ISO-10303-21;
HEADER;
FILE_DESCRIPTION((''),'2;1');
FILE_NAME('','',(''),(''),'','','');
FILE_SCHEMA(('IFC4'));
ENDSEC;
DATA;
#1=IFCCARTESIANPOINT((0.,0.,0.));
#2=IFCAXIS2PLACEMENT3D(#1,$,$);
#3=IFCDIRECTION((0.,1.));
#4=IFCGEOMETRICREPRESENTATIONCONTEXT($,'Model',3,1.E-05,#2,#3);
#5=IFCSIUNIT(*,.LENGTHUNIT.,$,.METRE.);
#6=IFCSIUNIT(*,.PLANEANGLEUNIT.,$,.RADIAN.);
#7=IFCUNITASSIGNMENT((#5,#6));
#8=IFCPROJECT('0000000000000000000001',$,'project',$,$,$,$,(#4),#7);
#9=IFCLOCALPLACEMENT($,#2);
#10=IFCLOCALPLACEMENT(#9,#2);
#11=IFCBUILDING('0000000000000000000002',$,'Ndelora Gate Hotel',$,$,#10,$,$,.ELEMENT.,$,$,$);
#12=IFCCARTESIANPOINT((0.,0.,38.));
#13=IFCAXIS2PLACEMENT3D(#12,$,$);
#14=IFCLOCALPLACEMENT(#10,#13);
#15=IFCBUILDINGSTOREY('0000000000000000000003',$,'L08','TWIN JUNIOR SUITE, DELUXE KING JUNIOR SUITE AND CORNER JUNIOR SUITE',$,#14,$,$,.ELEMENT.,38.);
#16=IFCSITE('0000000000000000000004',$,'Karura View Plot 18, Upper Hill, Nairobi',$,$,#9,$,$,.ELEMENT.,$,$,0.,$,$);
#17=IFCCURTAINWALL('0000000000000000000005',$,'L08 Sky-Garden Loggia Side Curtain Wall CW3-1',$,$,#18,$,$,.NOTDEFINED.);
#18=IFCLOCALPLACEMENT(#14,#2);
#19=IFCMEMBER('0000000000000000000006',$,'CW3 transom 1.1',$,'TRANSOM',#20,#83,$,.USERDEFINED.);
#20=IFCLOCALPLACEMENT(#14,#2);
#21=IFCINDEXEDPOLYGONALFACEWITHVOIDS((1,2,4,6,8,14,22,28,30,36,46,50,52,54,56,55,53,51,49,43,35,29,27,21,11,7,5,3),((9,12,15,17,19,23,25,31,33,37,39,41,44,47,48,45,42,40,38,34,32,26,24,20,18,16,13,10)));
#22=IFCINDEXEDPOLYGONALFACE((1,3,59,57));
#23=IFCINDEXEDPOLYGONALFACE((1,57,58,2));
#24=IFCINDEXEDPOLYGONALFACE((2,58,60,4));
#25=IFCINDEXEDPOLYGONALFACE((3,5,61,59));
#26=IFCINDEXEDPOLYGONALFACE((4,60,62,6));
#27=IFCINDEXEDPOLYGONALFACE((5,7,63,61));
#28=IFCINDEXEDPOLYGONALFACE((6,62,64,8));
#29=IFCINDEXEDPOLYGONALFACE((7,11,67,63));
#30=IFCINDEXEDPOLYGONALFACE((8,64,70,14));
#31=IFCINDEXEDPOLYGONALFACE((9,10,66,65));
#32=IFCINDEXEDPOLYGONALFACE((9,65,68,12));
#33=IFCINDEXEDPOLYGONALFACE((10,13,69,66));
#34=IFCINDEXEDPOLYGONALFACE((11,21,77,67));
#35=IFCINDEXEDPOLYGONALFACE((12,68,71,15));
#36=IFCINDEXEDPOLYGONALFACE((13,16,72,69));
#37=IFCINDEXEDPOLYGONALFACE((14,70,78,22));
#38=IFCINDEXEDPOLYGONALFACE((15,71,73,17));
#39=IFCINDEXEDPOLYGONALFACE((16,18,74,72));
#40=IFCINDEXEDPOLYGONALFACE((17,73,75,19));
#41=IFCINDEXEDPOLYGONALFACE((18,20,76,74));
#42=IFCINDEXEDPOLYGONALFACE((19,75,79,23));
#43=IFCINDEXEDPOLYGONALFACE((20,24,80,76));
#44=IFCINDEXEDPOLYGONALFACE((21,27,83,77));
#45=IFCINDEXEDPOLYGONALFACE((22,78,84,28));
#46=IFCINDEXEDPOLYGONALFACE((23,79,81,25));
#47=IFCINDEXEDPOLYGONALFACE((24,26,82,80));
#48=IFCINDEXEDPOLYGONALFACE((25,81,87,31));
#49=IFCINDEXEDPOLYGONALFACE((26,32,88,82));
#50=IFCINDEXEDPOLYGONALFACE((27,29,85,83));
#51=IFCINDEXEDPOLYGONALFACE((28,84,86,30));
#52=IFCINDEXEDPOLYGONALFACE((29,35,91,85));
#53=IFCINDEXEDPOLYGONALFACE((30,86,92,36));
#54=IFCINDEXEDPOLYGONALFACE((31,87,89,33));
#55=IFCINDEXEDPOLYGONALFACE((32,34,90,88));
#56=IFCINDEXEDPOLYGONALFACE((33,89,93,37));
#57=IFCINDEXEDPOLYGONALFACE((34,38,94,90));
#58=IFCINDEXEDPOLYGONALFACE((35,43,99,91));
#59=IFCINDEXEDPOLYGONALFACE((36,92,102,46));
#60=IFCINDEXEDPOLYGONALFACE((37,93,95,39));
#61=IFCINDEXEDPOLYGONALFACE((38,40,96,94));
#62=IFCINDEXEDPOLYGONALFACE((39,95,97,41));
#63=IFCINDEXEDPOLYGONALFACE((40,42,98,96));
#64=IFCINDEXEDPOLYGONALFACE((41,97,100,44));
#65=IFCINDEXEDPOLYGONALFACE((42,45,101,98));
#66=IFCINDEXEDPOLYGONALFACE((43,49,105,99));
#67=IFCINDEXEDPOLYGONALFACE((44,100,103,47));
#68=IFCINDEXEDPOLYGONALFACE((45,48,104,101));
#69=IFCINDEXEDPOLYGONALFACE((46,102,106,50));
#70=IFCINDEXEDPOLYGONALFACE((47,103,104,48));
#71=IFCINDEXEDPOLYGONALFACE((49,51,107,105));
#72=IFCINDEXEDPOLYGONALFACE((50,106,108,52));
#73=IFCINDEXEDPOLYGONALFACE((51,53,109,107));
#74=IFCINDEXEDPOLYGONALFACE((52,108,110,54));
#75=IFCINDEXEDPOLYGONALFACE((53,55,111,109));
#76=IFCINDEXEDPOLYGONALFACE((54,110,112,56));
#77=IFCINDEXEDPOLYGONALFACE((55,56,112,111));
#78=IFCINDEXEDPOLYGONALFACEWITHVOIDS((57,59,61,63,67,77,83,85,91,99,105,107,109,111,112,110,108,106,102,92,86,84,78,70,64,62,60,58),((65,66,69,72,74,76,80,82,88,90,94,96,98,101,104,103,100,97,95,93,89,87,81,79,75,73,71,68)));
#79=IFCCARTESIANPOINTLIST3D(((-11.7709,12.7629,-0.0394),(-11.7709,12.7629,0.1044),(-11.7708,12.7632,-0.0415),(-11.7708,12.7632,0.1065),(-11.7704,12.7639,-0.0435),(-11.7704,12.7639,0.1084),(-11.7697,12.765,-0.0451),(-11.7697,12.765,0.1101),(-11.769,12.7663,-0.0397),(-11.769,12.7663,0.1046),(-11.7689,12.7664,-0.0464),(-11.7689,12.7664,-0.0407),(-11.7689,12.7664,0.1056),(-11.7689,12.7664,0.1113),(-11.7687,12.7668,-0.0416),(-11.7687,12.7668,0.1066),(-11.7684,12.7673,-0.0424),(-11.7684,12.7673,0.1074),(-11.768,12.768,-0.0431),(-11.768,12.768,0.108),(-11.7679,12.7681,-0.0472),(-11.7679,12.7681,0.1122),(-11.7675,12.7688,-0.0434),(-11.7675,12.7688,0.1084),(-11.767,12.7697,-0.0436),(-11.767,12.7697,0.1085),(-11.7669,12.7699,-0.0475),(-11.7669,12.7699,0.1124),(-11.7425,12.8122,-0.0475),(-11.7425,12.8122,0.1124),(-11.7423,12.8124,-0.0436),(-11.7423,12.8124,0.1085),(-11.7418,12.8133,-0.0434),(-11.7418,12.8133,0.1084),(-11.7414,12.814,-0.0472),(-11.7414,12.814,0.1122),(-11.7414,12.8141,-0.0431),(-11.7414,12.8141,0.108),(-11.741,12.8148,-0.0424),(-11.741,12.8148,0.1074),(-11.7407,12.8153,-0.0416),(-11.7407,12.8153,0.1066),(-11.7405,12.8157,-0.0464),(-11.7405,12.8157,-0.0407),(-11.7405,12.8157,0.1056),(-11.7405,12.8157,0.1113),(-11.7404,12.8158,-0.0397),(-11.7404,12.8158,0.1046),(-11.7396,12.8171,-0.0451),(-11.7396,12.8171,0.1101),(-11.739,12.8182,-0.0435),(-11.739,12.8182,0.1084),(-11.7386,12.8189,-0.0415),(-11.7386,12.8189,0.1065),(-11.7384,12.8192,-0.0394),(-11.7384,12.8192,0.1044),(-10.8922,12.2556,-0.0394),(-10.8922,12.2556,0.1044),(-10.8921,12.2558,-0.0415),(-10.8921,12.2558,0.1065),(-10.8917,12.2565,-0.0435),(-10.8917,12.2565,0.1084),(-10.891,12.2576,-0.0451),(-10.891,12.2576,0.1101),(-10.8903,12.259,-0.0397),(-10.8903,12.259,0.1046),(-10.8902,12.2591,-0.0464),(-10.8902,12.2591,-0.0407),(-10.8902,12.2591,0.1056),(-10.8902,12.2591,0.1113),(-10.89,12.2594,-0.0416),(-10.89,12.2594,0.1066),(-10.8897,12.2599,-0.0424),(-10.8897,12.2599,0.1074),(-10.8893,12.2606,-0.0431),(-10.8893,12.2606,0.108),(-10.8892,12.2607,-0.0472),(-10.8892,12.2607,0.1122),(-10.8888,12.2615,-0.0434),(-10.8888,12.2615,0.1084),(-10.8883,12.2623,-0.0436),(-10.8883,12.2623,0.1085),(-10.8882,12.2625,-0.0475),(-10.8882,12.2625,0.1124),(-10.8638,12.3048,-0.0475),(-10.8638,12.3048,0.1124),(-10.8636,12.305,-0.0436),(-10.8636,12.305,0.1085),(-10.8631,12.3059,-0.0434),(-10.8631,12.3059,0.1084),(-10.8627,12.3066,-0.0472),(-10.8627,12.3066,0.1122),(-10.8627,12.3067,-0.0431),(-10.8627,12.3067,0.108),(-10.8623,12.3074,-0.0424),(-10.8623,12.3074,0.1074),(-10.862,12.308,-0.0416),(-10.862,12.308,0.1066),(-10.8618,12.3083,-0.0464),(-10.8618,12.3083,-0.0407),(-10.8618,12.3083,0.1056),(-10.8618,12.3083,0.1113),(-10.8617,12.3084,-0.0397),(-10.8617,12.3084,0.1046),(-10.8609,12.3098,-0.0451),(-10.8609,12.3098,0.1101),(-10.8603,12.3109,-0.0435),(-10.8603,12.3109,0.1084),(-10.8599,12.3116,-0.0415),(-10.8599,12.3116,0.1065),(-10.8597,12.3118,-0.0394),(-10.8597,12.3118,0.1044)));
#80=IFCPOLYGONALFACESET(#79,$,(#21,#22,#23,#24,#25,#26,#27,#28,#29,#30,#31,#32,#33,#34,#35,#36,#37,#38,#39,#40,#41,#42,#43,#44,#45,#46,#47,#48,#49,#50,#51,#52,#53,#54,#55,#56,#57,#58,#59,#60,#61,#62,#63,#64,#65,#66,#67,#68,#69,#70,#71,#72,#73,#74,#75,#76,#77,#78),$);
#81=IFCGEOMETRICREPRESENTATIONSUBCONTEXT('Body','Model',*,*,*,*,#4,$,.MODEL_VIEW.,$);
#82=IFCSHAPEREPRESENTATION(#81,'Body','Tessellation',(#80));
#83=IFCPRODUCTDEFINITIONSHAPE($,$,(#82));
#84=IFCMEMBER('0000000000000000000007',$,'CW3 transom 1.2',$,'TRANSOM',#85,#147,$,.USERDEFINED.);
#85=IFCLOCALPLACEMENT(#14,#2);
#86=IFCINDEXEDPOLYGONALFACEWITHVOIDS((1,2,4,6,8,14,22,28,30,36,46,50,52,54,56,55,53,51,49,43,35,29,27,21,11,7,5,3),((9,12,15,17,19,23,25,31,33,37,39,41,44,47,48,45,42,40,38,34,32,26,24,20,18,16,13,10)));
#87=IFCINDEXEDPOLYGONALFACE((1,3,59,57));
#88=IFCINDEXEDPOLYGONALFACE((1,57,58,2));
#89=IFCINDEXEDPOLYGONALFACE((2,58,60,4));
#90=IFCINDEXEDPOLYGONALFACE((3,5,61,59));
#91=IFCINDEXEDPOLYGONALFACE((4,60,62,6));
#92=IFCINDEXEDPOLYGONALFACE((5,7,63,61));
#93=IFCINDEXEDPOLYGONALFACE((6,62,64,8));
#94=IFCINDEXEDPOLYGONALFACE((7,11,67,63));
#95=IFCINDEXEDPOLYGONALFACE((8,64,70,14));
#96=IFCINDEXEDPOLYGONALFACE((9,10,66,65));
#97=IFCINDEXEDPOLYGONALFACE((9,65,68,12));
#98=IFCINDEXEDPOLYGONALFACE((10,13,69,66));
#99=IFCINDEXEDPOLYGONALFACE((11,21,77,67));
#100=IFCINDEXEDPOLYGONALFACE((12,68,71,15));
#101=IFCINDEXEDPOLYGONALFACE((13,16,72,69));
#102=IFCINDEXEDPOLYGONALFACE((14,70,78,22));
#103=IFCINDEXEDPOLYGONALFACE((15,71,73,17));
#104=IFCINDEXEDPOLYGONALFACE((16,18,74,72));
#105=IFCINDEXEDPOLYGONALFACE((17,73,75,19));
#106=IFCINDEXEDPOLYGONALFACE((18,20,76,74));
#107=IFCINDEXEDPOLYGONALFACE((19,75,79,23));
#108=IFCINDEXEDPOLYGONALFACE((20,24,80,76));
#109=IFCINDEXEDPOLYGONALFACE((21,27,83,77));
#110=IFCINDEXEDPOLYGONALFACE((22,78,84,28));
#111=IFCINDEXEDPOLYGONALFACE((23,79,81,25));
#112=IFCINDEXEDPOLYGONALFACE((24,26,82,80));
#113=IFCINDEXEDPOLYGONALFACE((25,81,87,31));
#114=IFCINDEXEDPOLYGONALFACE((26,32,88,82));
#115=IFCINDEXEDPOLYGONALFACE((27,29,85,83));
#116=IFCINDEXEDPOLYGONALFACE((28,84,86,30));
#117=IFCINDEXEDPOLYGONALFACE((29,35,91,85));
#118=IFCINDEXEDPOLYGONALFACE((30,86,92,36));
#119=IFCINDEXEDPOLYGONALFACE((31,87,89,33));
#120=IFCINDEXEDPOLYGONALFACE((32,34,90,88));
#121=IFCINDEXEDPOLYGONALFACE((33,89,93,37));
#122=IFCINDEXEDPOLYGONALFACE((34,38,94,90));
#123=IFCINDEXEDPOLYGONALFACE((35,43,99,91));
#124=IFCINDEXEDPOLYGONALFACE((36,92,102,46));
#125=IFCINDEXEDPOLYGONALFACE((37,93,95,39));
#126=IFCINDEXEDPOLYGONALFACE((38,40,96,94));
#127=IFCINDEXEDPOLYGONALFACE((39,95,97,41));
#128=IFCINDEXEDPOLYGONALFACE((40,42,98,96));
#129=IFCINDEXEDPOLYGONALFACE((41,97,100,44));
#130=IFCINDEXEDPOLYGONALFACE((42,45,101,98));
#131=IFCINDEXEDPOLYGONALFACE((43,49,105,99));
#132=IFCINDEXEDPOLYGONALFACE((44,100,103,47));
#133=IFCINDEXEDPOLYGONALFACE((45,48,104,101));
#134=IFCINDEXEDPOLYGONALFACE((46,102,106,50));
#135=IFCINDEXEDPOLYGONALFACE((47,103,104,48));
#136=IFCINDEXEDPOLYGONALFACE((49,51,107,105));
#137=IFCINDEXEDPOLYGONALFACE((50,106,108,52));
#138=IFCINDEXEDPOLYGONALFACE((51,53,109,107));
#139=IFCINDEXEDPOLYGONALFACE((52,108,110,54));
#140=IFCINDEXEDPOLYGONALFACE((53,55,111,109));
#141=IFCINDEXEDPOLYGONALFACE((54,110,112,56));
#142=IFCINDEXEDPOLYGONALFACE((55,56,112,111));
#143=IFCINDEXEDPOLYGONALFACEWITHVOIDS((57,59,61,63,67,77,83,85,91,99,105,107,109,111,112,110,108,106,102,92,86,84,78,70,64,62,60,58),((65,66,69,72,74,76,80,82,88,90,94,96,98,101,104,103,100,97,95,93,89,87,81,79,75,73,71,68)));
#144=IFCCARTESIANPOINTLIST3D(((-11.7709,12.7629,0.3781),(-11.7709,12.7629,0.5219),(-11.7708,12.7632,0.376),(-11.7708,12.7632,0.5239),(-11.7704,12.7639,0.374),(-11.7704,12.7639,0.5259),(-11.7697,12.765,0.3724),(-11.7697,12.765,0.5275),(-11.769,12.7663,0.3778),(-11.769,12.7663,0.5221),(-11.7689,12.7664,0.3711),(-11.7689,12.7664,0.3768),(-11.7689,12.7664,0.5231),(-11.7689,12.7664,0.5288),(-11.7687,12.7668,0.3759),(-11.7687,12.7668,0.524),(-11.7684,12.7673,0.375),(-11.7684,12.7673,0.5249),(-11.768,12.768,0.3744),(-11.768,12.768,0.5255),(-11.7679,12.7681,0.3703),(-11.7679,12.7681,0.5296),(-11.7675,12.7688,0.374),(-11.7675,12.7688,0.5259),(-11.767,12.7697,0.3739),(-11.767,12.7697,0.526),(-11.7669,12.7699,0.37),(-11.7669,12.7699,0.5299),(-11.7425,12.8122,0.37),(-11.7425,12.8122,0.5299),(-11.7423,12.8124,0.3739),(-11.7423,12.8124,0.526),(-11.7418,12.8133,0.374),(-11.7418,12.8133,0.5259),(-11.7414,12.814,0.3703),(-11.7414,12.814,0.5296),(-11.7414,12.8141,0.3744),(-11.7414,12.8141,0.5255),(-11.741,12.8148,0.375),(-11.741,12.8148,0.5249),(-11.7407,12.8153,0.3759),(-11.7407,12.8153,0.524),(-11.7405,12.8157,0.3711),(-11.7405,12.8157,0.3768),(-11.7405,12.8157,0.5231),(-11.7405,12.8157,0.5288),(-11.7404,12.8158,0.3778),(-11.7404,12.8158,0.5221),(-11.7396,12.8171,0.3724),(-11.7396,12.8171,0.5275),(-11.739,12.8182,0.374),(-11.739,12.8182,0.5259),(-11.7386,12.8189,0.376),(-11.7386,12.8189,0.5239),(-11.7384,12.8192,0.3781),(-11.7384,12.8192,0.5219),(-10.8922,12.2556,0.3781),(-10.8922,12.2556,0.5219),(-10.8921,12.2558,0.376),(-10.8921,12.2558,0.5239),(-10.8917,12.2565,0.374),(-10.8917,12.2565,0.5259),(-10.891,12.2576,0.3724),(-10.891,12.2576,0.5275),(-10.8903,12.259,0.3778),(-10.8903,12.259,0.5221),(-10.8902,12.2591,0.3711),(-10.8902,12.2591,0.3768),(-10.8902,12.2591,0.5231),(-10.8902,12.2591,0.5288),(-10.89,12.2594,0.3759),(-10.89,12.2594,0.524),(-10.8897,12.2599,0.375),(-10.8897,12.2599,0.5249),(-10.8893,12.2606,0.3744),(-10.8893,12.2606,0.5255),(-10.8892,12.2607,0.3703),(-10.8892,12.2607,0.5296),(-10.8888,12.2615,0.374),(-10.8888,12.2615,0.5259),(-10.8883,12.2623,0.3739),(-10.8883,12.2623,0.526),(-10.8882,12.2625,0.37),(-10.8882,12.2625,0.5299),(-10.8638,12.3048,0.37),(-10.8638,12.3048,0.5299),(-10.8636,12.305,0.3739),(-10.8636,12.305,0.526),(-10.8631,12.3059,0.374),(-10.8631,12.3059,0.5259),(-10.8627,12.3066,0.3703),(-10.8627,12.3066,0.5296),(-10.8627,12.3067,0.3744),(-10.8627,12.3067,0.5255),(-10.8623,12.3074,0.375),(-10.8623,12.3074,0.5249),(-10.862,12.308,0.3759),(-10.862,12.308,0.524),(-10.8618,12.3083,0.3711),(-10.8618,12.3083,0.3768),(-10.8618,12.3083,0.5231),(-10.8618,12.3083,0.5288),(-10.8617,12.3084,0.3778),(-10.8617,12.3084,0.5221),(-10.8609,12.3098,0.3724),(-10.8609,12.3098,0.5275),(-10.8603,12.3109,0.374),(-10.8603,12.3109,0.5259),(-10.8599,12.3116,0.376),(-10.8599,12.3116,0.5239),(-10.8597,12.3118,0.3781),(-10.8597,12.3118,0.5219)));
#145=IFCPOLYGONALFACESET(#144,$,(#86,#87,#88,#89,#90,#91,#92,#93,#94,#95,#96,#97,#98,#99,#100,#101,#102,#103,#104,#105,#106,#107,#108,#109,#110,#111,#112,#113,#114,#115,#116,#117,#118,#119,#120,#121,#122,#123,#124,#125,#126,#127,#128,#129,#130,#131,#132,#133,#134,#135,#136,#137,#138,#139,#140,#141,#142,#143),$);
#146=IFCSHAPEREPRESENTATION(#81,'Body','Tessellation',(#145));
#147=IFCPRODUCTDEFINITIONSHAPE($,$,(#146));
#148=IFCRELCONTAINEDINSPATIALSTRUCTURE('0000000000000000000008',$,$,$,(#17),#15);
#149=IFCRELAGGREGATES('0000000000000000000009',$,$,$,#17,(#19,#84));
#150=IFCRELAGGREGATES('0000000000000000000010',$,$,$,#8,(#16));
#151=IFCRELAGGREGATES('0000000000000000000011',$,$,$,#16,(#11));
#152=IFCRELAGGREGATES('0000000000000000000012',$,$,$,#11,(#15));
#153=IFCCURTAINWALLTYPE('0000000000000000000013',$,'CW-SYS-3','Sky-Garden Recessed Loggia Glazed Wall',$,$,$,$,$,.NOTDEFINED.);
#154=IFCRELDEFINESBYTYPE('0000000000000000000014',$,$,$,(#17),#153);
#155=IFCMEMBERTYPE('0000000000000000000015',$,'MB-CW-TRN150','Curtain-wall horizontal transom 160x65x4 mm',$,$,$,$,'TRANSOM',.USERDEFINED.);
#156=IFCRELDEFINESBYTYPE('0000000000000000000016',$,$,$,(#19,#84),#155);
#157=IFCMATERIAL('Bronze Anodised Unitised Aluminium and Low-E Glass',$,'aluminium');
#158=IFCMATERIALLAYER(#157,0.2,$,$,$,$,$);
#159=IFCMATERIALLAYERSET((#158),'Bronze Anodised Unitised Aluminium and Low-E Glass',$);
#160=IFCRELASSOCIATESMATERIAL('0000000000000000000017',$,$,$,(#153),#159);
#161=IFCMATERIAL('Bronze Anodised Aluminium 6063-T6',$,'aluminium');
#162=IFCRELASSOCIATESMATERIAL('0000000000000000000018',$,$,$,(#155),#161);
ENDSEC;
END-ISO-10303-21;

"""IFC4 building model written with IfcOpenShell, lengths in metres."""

from ifc_helpers import new_model, si_unit, direction, frame, origin, origin_2d, place, context, subcontext, project, spatial, hollow_rectangle, extrude, material, layer, layer_set, material_profile, profile_set, type_object, element, aggregate, save


model = new_model("IFC4")

# Units and contexts
model_context = context("Model", 3, precision=1e-05, world=origin(), true_north=direction((0.0, 1.0)))
body_context = subcontext(model_context, "Body", "Model", "MODEL_VIEW")
ifc_project = project(units=[si_unit("LENGTHUNIT", "METRE"), si_unit("PLANEANGLEUNIT", "RADIAN")], contexts=[model_context])

# Site, building, storey
site_placement = place(None, origin())
site = spatial("IfcSite", under=ifc_project, at=site_placement, Name="Karura View Plot 18, Upper Hill, Nairobi", CompositionType="ELEMENT", RefElevation=0.0)
building_placement = place(site_placement, origin())
building = spatial("IfcBuilding", under=site, at=building_placement, Name="Ndelora Gate Hotel", CompositionType="ELEMENT")
storey_placement = place(building_placement, frame((0.0, 0.0, 38.0)))
storey = spatial("IfcBuildingStorey", under=building, at=storey_placement, Name="L08", Description="TWIN JUNIOR SUITE, DELUXE KING JUNIOR SUITE AND CORNER JUNIOR SUITE", CompositionType="ELEMENT", Elevation=38.0)

# Curtain wall, members
ifc_material_1 = material(Name="Bronze Anodised Unitised Aluminium and Low-E Glass", Category="aluminium")
ifc_layer_1 = layer(ifc_material_1, 0.2)
ifc_layer_set_1 = layer_set([ifc_layer_1], Name="Bronze Anodised Unitised Aluminium and Low-E Glass")
curtain_wall_type = type_object("IfcCurtainWallType", Name="CW-SYS-3", Description="Sky-Garden Recessed Loggia Glazed Wall", PredefinedType="NOTDEFINED", material=ifc_layer_set_1)
curtain_wall_placement = place(storey_placement, origin())
curtain_wall = element("IfcCurtainWall", 1, at=curtain_wall_placement, inside=storey, type_object=curtain_wall_type, Name="L08 Sky-Garden Loggia Side Curtain Wall CW3-1", PredefinedType="NOTDEFINED")
ifc_material_2 = material(Name="Bronze Anodised Aluminium 6063-T6", Category="aluminium")
ifc_material_profile_1 = material_profile(ifc_material_2, hollow_rectangle(XDim=0.0649, YDim=0.1599, WallThickness=0.0039, InnerFilletRadius=0.0039, OuterFilletRadius=0.0081, at=origin_2d()), Name="ALU 160x65x4")
ifc_profile_set_1 = profile_set([ifc_material_profile_1], Name="Bronze Anodised Aluminium 6063-T6")
member_type_1 = type_object("IfcMemberType", Name="MB-CW-TRN150", Description="Curtain-wall horizontal transom 160x65x4 mm", ElementType="TRANSOM", PredefinedType="USERDEFINED", material=ifc_profile_set_1)
member_1_placement = place(storey_placement, frame((-10.876, 12.2837, 0.0325), z_axis=(-0.866013, 0.500021, 0.0), x_axis=(-0.500021, -0.866013, 0.0)))
member_1 = element("IfcMember", 2, at=member_1_placement, type_object=member_type_1, Name="CW3 transom 1.1", ObjectType="TRANSOM", PredefinedType="USERDEFINED", context=body_context, shape_type="SweptSolid", body=[
    extrude(hollow_rectangle(XDim=0.0649, YDim=0.1599, WallThickness=0.0039, InnerFilletRadius=0.0039, OuterFilletRadius=0.0081, at=origin_2d()), origin(), (0.0, 0.0, 1.0), 1.0146),
])
member_2_placement = place(storey_placement, frame((-10.876, 12.2837, 0.45), z_axis=(-0.866013, 0.500021, 0.0), x_axis=(-0.500021, -0.866013, 0.0)))
member_2 = element("IfcMember", 3, at=member_2_placement, type_object=member_type_1, Name="CW3 transom 1.2", ObjectType="TRANSOM", PredefinedType="USERDEFINED", context=body_context, shape_type="SweptSolid", body=[
    extrude(hollow_rectangle(XDim=0.0649, YDim=0.1599, WallThickness=0.0039, InnerFilletRadius=0.0039, OuterFilletRadius=0.0081, at=origin_2d()), origin(), (0.0, 0.0, 1.0), 1.0146),
])
aggregate(curtain_wall, [member_1, member_2])

save(model, "model.ifc")
